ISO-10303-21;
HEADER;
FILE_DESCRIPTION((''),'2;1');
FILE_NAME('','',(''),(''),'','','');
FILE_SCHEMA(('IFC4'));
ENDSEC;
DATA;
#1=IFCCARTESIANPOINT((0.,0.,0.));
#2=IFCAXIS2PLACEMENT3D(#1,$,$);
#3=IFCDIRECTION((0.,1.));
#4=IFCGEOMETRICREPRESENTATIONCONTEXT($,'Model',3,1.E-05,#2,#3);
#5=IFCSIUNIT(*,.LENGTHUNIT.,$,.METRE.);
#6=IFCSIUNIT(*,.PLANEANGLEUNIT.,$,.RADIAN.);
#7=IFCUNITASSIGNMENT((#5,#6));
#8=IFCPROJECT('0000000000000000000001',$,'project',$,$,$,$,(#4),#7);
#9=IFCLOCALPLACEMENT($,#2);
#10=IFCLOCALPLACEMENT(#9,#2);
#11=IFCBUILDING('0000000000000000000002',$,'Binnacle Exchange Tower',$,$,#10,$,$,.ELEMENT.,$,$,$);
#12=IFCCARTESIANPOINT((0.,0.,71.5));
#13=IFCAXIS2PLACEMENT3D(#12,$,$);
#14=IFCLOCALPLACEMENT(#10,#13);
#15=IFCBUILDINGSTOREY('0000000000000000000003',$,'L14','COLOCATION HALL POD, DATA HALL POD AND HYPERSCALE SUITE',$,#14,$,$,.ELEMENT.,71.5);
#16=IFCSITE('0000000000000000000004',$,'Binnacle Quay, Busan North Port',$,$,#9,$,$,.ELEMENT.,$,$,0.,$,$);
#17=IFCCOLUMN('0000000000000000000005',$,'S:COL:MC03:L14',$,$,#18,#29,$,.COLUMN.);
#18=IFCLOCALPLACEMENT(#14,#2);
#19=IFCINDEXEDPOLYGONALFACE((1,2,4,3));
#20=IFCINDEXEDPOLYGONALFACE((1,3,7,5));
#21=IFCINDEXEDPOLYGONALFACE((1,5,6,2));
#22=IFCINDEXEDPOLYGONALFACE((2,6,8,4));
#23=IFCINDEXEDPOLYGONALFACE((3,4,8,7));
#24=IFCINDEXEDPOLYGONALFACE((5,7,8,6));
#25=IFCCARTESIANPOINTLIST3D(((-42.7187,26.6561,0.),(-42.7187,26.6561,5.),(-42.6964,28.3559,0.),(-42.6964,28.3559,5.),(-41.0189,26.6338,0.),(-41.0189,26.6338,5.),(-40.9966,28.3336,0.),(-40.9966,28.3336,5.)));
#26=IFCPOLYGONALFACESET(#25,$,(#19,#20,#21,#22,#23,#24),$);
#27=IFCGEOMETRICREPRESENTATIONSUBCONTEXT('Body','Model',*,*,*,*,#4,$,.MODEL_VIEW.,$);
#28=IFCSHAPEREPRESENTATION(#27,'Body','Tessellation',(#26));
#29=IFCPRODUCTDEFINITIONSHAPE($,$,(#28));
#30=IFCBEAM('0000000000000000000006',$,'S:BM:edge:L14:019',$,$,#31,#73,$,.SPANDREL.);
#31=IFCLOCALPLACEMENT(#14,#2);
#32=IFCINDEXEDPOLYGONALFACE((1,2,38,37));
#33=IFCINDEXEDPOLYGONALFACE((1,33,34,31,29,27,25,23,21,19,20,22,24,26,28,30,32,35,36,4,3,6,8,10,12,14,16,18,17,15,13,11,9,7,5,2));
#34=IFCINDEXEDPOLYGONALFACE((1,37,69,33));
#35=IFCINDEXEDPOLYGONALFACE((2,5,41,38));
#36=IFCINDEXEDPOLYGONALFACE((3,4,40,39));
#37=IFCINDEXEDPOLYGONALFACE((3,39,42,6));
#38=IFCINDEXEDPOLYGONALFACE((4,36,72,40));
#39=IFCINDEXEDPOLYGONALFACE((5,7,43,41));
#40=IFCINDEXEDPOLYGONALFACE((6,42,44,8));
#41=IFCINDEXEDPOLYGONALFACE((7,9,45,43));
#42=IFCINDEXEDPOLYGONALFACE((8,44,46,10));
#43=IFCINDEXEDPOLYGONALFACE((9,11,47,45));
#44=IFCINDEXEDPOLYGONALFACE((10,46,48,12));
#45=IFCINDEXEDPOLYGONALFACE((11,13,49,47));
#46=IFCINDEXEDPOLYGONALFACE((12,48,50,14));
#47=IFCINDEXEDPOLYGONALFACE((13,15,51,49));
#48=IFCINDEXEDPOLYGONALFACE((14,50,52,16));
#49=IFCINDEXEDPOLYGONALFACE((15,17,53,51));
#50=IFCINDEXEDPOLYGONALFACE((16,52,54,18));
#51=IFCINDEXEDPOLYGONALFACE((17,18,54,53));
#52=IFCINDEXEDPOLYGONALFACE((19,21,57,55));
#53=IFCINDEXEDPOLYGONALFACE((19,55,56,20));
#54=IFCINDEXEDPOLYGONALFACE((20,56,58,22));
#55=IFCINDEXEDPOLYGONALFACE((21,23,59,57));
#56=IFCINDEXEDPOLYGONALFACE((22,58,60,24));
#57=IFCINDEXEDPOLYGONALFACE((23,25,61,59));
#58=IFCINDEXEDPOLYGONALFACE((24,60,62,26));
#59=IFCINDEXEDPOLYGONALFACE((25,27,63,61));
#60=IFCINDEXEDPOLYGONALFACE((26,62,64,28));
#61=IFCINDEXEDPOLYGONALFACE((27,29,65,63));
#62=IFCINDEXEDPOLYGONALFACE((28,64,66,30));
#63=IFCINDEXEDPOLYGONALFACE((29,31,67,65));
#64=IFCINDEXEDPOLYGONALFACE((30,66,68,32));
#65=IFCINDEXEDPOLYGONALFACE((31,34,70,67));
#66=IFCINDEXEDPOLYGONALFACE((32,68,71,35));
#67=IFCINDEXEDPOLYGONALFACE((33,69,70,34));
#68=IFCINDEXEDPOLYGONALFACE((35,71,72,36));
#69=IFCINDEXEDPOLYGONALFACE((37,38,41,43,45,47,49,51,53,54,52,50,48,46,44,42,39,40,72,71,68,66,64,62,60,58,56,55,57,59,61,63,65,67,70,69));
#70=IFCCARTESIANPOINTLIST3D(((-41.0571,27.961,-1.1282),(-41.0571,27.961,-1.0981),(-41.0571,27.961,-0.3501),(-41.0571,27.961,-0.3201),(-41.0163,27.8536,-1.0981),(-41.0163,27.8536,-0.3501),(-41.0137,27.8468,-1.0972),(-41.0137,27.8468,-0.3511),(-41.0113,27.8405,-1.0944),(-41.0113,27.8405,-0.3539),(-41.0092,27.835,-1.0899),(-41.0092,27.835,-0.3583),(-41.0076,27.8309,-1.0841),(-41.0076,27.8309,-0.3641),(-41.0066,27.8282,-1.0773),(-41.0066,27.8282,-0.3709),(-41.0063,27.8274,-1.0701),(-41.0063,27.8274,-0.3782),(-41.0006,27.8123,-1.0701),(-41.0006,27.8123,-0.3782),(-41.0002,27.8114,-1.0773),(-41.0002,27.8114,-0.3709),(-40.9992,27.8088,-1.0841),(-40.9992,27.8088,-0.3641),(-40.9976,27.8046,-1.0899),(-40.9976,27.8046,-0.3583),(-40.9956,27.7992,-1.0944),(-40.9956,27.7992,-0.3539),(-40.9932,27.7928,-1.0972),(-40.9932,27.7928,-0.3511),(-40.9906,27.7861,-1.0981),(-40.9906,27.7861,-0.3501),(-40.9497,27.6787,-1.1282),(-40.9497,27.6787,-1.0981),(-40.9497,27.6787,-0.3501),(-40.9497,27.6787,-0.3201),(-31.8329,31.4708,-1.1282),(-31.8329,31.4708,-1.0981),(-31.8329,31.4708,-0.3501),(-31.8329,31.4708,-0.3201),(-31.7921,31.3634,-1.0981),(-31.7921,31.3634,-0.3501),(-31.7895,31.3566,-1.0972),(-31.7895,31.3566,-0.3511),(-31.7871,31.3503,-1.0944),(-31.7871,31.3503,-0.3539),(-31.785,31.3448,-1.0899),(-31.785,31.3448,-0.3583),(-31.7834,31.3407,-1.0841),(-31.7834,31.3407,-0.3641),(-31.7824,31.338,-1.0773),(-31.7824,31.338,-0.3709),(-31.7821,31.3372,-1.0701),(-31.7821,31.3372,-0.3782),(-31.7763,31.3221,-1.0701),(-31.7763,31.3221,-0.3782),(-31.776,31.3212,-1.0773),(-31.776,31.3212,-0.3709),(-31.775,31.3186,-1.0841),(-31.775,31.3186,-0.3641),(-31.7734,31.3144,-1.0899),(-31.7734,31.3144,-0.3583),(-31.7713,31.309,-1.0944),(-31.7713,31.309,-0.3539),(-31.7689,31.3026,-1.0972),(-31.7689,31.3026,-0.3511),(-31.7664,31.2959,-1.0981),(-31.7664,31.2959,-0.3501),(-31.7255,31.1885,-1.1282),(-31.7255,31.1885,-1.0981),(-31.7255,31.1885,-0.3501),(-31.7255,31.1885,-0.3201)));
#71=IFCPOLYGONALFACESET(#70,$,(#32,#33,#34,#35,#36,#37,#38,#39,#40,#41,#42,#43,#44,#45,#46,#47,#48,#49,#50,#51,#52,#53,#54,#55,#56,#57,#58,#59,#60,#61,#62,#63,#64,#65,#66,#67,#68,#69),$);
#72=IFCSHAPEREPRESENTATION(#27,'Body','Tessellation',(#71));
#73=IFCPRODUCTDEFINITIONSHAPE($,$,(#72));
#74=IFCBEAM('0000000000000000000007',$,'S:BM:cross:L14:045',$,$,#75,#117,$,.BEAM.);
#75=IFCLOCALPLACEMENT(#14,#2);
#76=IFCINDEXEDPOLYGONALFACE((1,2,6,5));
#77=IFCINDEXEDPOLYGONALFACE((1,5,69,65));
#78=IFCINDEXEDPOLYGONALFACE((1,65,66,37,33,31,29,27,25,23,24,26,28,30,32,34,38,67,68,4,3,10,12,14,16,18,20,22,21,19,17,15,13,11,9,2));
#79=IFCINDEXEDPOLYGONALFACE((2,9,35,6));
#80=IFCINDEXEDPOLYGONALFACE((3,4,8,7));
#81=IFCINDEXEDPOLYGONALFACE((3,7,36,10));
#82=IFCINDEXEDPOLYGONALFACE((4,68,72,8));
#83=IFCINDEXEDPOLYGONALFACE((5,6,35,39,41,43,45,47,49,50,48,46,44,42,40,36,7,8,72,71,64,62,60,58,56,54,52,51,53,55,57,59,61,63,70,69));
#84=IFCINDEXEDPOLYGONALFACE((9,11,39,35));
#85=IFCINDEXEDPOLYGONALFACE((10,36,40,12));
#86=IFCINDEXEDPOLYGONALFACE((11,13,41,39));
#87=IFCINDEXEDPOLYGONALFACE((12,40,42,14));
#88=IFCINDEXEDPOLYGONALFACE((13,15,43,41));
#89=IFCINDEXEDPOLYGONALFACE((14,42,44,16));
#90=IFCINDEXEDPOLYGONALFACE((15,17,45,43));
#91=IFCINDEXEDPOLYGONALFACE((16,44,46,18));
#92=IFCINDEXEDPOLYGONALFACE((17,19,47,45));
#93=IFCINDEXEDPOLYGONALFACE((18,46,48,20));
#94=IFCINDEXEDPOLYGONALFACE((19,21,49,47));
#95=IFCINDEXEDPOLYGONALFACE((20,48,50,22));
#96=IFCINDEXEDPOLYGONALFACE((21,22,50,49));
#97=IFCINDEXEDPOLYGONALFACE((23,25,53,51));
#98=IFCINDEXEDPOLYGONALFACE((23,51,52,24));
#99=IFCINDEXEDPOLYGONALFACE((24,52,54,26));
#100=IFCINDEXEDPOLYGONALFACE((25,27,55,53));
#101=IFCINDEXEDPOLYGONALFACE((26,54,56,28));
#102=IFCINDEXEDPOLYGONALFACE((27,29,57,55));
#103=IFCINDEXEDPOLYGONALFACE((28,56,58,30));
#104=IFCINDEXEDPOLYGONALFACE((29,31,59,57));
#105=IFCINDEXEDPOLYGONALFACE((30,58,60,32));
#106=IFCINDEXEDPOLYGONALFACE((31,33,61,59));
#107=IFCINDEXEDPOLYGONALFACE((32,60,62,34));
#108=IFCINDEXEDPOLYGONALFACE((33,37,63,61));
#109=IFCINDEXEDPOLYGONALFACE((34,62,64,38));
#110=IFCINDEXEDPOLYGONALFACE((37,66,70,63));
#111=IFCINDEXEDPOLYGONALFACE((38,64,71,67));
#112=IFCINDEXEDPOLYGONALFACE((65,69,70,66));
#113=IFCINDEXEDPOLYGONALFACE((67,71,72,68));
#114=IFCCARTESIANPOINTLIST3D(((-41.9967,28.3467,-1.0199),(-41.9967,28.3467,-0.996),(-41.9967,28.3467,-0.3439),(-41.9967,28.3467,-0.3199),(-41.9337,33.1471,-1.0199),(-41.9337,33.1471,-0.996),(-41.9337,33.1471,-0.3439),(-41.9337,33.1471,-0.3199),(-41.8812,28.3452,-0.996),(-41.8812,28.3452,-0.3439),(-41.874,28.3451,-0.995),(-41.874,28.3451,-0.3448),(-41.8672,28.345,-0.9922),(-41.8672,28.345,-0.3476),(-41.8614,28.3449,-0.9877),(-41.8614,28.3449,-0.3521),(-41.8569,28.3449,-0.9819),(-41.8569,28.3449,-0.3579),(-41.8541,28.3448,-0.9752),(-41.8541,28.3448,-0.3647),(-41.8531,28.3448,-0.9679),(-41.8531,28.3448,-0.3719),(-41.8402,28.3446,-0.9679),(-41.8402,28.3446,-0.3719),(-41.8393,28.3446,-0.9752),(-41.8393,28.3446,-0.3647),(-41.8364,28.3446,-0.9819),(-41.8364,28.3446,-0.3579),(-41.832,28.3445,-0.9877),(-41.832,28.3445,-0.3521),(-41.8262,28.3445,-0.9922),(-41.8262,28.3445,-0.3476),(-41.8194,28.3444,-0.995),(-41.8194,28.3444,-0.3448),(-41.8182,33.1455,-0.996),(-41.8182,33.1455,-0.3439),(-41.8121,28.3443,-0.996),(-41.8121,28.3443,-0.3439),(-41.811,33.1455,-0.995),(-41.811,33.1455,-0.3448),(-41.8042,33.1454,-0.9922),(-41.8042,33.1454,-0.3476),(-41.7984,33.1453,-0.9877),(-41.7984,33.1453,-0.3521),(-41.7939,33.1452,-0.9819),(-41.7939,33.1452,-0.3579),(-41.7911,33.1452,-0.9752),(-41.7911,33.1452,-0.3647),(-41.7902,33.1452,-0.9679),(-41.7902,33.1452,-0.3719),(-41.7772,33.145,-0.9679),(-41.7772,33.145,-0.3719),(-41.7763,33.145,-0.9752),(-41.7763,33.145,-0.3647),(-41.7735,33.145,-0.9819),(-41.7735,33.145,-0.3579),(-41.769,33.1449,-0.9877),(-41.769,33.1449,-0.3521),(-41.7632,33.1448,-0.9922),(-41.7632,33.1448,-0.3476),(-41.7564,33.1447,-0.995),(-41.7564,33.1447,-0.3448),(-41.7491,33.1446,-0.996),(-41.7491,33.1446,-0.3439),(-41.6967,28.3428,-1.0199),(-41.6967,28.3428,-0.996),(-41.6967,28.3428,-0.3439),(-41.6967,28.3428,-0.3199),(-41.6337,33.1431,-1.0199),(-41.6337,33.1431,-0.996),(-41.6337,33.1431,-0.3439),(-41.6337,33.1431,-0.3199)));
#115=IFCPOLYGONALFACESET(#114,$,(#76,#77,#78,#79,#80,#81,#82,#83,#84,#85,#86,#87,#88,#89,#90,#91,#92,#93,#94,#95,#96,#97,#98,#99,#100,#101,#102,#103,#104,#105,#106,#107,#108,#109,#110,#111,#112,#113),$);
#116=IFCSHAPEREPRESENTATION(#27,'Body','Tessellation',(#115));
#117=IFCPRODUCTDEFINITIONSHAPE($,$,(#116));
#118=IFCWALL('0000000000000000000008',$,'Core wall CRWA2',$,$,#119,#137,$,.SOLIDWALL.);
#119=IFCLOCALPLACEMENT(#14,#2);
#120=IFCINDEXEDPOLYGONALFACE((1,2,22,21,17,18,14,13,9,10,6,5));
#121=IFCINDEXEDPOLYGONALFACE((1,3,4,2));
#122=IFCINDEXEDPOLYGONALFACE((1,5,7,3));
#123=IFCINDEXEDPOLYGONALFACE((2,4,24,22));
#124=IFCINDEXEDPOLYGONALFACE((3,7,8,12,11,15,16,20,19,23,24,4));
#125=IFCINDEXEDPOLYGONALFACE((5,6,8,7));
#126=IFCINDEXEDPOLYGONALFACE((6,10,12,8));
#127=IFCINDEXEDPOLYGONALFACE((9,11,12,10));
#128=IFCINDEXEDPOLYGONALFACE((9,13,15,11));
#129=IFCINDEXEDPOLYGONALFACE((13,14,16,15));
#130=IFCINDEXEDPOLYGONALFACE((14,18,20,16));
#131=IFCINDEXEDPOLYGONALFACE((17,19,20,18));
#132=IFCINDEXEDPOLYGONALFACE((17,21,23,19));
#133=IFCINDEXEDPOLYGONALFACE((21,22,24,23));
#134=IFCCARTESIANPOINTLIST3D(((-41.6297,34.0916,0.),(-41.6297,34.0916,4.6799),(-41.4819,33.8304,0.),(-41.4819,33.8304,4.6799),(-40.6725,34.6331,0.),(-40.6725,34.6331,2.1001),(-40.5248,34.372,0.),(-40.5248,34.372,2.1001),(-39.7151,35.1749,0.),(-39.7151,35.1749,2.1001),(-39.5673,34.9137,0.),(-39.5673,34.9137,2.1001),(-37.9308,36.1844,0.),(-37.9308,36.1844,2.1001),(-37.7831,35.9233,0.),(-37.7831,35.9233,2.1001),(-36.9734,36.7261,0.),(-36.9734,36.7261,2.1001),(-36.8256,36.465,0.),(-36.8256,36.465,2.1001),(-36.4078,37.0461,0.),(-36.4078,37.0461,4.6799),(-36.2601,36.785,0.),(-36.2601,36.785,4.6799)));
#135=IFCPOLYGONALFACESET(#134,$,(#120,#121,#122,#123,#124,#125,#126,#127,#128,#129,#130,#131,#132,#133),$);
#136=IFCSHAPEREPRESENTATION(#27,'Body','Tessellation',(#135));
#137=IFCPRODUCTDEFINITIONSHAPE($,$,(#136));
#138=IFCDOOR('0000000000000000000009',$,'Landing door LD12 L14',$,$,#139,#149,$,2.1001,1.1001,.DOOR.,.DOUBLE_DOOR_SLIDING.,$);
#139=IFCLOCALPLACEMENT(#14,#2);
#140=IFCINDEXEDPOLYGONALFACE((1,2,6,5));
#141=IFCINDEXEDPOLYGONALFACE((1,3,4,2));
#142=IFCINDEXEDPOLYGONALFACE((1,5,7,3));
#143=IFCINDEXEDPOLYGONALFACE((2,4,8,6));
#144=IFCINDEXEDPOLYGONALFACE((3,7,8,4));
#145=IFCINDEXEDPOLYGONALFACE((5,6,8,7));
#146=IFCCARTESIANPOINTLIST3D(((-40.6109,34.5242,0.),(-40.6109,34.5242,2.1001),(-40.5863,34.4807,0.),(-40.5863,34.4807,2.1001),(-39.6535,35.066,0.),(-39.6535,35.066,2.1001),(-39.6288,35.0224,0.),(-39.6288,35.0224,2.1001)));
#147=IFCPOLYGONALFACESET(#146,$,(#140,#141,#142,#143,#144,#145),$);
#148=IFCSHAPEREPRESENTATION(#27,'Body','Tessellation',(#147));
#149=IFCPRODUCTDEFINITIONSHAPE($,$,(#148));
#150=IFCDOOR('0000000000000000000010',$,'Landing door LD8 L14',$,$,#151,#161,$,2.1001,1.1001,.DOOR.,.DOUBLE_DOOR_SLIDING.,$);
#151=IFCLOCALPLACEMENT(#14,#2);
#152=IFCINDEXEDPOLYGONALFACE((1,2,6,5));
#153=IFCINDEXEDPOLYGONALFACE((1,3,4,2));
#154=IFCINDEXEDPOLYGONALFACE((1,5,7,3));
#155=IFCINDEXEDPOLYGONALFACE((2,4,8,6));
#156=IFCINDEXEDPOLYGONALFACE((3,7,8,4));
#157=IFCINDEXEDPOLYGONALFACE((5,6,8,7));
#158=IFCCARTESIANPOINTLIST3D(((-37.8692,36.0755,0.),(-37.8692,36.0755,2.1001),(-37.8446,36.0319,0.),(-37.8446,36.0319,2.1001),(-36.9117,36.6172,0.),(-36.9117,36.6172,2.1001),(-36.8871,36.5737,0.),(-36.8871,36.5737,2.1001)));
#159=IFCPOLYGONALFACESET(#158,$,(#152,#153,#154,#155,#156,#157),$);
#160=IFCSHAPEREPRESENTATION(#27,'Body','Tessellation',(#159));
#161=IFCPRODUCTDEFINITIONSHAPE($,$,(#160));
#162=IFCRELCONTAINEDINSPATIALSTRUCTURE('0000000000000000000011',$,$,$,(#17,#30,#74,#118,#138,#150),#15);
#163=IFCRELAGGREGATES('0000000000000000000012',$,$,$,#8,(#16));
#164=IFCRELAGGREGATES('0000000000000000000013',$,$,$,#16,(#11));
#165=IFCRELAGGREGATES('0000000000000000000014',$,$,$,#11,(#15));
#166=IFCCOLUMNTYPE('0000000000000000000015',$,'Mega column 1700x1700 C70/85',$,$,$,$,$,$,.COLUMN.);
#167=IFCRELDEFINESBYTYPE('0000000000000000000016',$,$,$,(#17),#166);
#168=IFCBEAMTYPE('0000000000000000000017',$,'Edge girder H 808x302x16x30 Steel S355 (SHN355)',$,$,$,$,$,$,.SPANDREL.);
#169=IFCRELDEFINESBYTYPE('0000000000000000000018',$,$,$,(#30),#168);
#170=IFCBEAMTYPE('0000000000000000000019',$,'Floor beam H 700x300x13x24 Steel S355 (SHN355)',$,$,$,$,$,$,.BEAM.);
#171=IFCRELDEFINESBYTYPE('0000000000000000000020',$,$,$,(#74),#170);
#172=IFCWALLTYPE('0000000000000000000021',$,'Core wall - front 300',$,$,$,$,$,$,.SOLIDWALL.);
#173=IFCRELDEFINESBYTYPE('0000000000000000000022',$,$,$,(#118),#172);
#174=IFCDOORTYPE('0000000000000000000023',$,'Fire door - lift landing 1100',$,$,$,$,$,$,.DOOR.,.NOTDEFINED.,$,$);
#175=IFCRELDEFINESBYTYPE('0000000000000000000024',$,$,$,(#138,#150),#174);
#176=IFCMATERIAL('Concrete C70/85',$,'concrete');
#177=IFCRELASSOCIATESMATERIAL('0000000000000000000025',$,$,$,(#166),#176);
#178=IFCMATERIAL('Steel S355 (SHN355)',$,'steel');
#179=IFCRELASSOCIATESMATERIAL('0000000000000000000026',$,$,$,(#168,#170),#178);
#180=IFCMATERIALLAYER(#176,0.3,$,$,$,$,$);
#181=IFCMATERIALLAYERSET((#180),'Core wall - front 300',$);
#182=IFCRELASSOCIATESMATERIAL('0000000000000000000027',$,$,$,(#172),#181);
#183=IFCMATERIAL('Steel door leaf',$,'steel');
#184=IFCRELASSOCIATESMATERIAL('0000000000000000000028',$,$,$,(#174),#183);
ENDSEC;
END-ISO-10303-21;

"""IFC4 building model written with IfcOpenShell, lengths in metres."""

from ifc_helpers import new_model, si_unit, direction, frame, frame_2d, origin, origin_2d, place, context, subcontext, project, spatial, rectangle, i_section, extrude, material, layer, layer_set, material_profile, profile_set, type_object, element, fill, save


model = new_model("IFC4")

# Units and contexts
model_context = context("Model", 3, precision=1e-05, world=origin(), true_north=direction((0.0, 1.0)))
body_context = subcontext(model_context, "Body", "Model", "MODEL_VIEW")
ifc_project = project(units=[si_unit("LENGTHUNIT", "METRE"), si_unit("PLANEANGLEUNIT", "RADIAN")], contexts=[model_context])

# Site, building, storey
site_placement = place(None, origin())
site = spatial("IfcSite", under=ifc_project, at=site_placement, Name="Binnacle Quay, Busan North Port", CompositionType="ELEMENT", RefElevation=0.0)
building_placement = place(site_placement, origin())
building = spatial("IfcBuilding", under=site, at=building_placement, Name="Binnacle Exchange Tower", CompositionType="ELEMENT")
storey_placement = place(building_placement, frame((0.0, 0.0, 71.5)))
storey = spatial("IfcBuildingStorey", under=building, at=storey_placement, Name="L14", Description="COLOCATION HALL POD, DATA HALL POD AND HYPERSCALE SUITE", CompositionType="ELEMENT", Elevation=71.5)

# Column
ifc_material_1 = material(Name="Concrete C70/85", Category="concrete")
ifc_material_profile_1 = material_profile(ifc_material_1, rectangle(XDim=1.7, YDim=1.7, at=origin_2d()), Name="Mega column 1700x1700 C70/85")
ifc_profile_set_1 = profile_set([ifc_material_profile_1], Name="Concrete C70/85")
column_type = type_object("IfcColumnType", Name="Mega column 1700x1700 C70/85", PredefinedType="COLUMN", material=ifc_profile_set_1)
column_placement = place(storey_placement, frame((-41.8577, 27.4949, 0.0), z_axis=(0.0, 0.0, 1.0), x_axis=(0.999914, -0.01309, 0.0)))
element("IfcColumn", 1, at=column_placement, inside=storey, type_object=column_type, Name="S:COL:MC03:L14", PredefinedType="COLUMN", context=body_context, shape_type="SweptSolid", body=[
    extrude(rectangle(XDim=1.7, YDim=1.7, at=origin_2d()), origin(), (0.0, 0.0, 1.0), 5.0),
])

# Beams
ifc_material_2 = material(Name="Steel S355 (SHN355)", Category="steel")
ifc_material_profile_2 = material_profile(ifc_material_2, i_section(OverallWidth=0.302, OverallDepth=0.8081, WebThickness=0.0161, FlangeThickness=0.03, FilletRadius=0.0281, at=origin_2d()), Name="H 808x302x16x30")
ifc_profile_set_2 = profile_set([ifc_material_profile_2], Name="Steel S355 (SHN355)")
beam_type_1 = type_object("IfcBeamType", Name="Edge girder H 808x302x16x30 Steel S355 (SHN355)", PredefinedType="SPANDREL", material=ifc_profile_set_2)
beam_1_placement = place(storey_placement, frame((-41.0034, 27.8198, -0.7241), z_axis=(0.934629, 0.355625, 0.0), x_axis=(-0.355625, 0.934629, 0.0)))
element("IfcBeam", 2, at=beam_1_placement, inside=storey, type_object=beam_type_1, Name="S:BM:edge:L14:019", PredefinedType="SPANDREL", context=body_context, shape_type="SweptSolid", body=[
    extrude(i_section(OverallWidth=0.302, OverallDepth=0.8081, WebThickness=0.0161, FlangeThickness=0.03, FilletRadius=0.0281, at=origin_2d()), origin(), (0.0, 0.0, 1.0), 9.8694),
])
ifc_material_profile_3 = material_profile(ifc_material_2, i_section(OverallWidth=0.3, OverallDepth=0.7, WebThickness=0.0129, FlangeThickness=0.0239, FilletRadius=0.0281, at=origin_2d()), Name="H 700x300x13x24")
ifc_profile_set_3 = profile_set([ifc_material_profile_3], Name="Steel S355 (SHN355)")
beam_type_2 = type_object("IfcBeamType", Name="Floor beam H 700x300x13x24 Steel S355 (SHN355)", PredefinedType="BEAM", material=ifc_profile_set_3)
beam_2_placement = place(storey_placement, frame((-41.8467, 28.3447, -0.6699), z_axis=(0.013121, 0.999914, 0.0), x_axis=(-0.999914, 0.013121, 0.0)))
element("IfcBeam", 3, at=beam_2_placement, inside=storey, type_object=beam_type_2, Name="S:BM:cross:L14:045", PredefinedType="BEAM", context=body_context, shape_type="SweptSolid", body=[
    extrude(i_section(OverallWidth=0.3, OverallDepth=0.7, WebThickness=0.0129, FlangeThickness=0.0239, FilletRadius=0.0281, at=origin_2d()), origin(), (0.0, 0.0, 1.0), 4.8008),
])

# Wall, openings, doors
ifc_layer_1 = layer(ifc_material_1, 0.3)
ifc_layer_set_1 = layer_set([ifc_layer_1], Name="Core wall - front 300")
wall_type_1 = type_object("IfcWallType", Name="Core wall - front 300", PredefinedType="SOLIDWALL", material=ifc_layer_set_1)
wall_1_placement = place(storey_placement, frame((-41.5559, 33.9609, 0.0), z_axis=(0.0, 0.0, 1.0), x_axis=(0.870344, 0.492445, 0.0)))
wall_1 = element("IfcWall", 4, at=wall_1_placement, inside=storey, type_object=wall_type_1, Name="Core wall CRWA2", PredefinedType="SOLIDWALL", context=body_context, shape_type="SweptSolid", body=[
    extrude(rectangle(XDim=5.9998, YDim=0.3, at=frame_2d((3.0, 0.0))), origin(), (0.0, 0.0, 1.0), 4.6799),
])
opening_1_placement = place(wall_1_placement, frame((1.0999, 0.0, 0.0)))
opening_1 = element("IfcOpeningElement", 5, at=opening_1_placement, cuts=wall_1, PredefinedType="OPENING", context=body_context, shape_type="SweptSolid", body=[
    extrude(rectangle(XDim=1.1001, YDim=2.1001, at=frame_2d((0.55, 1.05))), frame((0.0, 0.1599, 0.0), z_axis=(0.0, -1.0, 0.0), x_axis=(1.0, 0.0, 0.0)), (0.0, 0.0, 1.0), 0.3201),
])
opening_2_placement = place(wall_1_placement, frame((4.25, 0.0, 0.0)))
opening_2 = element("IfcOpeningElement", 6, at=opening_2_placement, cuts=wall_1, PredefinedType="OPENING", context=body_context, shape_type="SweptSolid", body=[
    extrude(rectangle(XDim=1.1001, YDim=2.1001, at=frame_2d((0.55, 1.05))), frame((0.0, 0.1599, 0.0), z_axis=(0.0, -1.0, 0.0), x_axis=(1.0, 0.0, 0.0)), (0.0, 0.0, 1.0), 0.3201),
])
ifc_material_3 = material(Name="Steel door leaf", Category="steel")
door_type_1 = type_object("IfcDoorType", Name="Fire door - lift landing 1100", OperationType="NOTDEFINED", PredefinedType="DOOR", material=ifc_material_3)
door_1_placement = place(opening_1_placement, origin())
door_1 = element("IfcDoor", 7, at=door_1_placement, inside=storey, type_object=door_type_1, Name="Landing door LD12 L14", OperationType="DOUBLE_DOOR_SLIDING", OverallHeight=2.1001, OverallWidth=1.1001, PredefinedType="DOOR", context=body_context, shape_type="SweptSolid", body=[
    extrude(rectangle(XDim=1.1001, YDim=2.1001, at=frame_2d((0.55, 1.05))), frame((0.0, 0.0249, 0.0), z_axis=(0.0, -1.0, 0.0), x_axis=(1.0, 0.0, 0.0)), (0.0, 0.0, 1.0), 0.05),
])
fill(opening_1, door_1)
door_2_placement = place(opening_2_placement, origin())
door_2 = element("IfcDoor", 8, at=door_2_placement, inside=storey, type_object=door_type_1, Name="Landing door LD8 L14", OperationType="DOUBLE_DOOR_SLIDING", OverallHeight=2.1001, OverallWidth=1.1001, PredefinedType="DOOR", context=body_context, shape_type="SweptSolid", body=[
    extrude(rectangle(XDim=1.1001, YDim=2.1001, at=frame_2d((0.55, 1.05))), frame((0.0, 0.0249, 0.0), z_axis=(0.0, -1.0, 0.0), x_axis=(1.0, 0.0, 0.0)), (0.0, 0.0, 1.0), 0.05),
])
fill(opening_2, door_2)

save(model, "model.ifc")
